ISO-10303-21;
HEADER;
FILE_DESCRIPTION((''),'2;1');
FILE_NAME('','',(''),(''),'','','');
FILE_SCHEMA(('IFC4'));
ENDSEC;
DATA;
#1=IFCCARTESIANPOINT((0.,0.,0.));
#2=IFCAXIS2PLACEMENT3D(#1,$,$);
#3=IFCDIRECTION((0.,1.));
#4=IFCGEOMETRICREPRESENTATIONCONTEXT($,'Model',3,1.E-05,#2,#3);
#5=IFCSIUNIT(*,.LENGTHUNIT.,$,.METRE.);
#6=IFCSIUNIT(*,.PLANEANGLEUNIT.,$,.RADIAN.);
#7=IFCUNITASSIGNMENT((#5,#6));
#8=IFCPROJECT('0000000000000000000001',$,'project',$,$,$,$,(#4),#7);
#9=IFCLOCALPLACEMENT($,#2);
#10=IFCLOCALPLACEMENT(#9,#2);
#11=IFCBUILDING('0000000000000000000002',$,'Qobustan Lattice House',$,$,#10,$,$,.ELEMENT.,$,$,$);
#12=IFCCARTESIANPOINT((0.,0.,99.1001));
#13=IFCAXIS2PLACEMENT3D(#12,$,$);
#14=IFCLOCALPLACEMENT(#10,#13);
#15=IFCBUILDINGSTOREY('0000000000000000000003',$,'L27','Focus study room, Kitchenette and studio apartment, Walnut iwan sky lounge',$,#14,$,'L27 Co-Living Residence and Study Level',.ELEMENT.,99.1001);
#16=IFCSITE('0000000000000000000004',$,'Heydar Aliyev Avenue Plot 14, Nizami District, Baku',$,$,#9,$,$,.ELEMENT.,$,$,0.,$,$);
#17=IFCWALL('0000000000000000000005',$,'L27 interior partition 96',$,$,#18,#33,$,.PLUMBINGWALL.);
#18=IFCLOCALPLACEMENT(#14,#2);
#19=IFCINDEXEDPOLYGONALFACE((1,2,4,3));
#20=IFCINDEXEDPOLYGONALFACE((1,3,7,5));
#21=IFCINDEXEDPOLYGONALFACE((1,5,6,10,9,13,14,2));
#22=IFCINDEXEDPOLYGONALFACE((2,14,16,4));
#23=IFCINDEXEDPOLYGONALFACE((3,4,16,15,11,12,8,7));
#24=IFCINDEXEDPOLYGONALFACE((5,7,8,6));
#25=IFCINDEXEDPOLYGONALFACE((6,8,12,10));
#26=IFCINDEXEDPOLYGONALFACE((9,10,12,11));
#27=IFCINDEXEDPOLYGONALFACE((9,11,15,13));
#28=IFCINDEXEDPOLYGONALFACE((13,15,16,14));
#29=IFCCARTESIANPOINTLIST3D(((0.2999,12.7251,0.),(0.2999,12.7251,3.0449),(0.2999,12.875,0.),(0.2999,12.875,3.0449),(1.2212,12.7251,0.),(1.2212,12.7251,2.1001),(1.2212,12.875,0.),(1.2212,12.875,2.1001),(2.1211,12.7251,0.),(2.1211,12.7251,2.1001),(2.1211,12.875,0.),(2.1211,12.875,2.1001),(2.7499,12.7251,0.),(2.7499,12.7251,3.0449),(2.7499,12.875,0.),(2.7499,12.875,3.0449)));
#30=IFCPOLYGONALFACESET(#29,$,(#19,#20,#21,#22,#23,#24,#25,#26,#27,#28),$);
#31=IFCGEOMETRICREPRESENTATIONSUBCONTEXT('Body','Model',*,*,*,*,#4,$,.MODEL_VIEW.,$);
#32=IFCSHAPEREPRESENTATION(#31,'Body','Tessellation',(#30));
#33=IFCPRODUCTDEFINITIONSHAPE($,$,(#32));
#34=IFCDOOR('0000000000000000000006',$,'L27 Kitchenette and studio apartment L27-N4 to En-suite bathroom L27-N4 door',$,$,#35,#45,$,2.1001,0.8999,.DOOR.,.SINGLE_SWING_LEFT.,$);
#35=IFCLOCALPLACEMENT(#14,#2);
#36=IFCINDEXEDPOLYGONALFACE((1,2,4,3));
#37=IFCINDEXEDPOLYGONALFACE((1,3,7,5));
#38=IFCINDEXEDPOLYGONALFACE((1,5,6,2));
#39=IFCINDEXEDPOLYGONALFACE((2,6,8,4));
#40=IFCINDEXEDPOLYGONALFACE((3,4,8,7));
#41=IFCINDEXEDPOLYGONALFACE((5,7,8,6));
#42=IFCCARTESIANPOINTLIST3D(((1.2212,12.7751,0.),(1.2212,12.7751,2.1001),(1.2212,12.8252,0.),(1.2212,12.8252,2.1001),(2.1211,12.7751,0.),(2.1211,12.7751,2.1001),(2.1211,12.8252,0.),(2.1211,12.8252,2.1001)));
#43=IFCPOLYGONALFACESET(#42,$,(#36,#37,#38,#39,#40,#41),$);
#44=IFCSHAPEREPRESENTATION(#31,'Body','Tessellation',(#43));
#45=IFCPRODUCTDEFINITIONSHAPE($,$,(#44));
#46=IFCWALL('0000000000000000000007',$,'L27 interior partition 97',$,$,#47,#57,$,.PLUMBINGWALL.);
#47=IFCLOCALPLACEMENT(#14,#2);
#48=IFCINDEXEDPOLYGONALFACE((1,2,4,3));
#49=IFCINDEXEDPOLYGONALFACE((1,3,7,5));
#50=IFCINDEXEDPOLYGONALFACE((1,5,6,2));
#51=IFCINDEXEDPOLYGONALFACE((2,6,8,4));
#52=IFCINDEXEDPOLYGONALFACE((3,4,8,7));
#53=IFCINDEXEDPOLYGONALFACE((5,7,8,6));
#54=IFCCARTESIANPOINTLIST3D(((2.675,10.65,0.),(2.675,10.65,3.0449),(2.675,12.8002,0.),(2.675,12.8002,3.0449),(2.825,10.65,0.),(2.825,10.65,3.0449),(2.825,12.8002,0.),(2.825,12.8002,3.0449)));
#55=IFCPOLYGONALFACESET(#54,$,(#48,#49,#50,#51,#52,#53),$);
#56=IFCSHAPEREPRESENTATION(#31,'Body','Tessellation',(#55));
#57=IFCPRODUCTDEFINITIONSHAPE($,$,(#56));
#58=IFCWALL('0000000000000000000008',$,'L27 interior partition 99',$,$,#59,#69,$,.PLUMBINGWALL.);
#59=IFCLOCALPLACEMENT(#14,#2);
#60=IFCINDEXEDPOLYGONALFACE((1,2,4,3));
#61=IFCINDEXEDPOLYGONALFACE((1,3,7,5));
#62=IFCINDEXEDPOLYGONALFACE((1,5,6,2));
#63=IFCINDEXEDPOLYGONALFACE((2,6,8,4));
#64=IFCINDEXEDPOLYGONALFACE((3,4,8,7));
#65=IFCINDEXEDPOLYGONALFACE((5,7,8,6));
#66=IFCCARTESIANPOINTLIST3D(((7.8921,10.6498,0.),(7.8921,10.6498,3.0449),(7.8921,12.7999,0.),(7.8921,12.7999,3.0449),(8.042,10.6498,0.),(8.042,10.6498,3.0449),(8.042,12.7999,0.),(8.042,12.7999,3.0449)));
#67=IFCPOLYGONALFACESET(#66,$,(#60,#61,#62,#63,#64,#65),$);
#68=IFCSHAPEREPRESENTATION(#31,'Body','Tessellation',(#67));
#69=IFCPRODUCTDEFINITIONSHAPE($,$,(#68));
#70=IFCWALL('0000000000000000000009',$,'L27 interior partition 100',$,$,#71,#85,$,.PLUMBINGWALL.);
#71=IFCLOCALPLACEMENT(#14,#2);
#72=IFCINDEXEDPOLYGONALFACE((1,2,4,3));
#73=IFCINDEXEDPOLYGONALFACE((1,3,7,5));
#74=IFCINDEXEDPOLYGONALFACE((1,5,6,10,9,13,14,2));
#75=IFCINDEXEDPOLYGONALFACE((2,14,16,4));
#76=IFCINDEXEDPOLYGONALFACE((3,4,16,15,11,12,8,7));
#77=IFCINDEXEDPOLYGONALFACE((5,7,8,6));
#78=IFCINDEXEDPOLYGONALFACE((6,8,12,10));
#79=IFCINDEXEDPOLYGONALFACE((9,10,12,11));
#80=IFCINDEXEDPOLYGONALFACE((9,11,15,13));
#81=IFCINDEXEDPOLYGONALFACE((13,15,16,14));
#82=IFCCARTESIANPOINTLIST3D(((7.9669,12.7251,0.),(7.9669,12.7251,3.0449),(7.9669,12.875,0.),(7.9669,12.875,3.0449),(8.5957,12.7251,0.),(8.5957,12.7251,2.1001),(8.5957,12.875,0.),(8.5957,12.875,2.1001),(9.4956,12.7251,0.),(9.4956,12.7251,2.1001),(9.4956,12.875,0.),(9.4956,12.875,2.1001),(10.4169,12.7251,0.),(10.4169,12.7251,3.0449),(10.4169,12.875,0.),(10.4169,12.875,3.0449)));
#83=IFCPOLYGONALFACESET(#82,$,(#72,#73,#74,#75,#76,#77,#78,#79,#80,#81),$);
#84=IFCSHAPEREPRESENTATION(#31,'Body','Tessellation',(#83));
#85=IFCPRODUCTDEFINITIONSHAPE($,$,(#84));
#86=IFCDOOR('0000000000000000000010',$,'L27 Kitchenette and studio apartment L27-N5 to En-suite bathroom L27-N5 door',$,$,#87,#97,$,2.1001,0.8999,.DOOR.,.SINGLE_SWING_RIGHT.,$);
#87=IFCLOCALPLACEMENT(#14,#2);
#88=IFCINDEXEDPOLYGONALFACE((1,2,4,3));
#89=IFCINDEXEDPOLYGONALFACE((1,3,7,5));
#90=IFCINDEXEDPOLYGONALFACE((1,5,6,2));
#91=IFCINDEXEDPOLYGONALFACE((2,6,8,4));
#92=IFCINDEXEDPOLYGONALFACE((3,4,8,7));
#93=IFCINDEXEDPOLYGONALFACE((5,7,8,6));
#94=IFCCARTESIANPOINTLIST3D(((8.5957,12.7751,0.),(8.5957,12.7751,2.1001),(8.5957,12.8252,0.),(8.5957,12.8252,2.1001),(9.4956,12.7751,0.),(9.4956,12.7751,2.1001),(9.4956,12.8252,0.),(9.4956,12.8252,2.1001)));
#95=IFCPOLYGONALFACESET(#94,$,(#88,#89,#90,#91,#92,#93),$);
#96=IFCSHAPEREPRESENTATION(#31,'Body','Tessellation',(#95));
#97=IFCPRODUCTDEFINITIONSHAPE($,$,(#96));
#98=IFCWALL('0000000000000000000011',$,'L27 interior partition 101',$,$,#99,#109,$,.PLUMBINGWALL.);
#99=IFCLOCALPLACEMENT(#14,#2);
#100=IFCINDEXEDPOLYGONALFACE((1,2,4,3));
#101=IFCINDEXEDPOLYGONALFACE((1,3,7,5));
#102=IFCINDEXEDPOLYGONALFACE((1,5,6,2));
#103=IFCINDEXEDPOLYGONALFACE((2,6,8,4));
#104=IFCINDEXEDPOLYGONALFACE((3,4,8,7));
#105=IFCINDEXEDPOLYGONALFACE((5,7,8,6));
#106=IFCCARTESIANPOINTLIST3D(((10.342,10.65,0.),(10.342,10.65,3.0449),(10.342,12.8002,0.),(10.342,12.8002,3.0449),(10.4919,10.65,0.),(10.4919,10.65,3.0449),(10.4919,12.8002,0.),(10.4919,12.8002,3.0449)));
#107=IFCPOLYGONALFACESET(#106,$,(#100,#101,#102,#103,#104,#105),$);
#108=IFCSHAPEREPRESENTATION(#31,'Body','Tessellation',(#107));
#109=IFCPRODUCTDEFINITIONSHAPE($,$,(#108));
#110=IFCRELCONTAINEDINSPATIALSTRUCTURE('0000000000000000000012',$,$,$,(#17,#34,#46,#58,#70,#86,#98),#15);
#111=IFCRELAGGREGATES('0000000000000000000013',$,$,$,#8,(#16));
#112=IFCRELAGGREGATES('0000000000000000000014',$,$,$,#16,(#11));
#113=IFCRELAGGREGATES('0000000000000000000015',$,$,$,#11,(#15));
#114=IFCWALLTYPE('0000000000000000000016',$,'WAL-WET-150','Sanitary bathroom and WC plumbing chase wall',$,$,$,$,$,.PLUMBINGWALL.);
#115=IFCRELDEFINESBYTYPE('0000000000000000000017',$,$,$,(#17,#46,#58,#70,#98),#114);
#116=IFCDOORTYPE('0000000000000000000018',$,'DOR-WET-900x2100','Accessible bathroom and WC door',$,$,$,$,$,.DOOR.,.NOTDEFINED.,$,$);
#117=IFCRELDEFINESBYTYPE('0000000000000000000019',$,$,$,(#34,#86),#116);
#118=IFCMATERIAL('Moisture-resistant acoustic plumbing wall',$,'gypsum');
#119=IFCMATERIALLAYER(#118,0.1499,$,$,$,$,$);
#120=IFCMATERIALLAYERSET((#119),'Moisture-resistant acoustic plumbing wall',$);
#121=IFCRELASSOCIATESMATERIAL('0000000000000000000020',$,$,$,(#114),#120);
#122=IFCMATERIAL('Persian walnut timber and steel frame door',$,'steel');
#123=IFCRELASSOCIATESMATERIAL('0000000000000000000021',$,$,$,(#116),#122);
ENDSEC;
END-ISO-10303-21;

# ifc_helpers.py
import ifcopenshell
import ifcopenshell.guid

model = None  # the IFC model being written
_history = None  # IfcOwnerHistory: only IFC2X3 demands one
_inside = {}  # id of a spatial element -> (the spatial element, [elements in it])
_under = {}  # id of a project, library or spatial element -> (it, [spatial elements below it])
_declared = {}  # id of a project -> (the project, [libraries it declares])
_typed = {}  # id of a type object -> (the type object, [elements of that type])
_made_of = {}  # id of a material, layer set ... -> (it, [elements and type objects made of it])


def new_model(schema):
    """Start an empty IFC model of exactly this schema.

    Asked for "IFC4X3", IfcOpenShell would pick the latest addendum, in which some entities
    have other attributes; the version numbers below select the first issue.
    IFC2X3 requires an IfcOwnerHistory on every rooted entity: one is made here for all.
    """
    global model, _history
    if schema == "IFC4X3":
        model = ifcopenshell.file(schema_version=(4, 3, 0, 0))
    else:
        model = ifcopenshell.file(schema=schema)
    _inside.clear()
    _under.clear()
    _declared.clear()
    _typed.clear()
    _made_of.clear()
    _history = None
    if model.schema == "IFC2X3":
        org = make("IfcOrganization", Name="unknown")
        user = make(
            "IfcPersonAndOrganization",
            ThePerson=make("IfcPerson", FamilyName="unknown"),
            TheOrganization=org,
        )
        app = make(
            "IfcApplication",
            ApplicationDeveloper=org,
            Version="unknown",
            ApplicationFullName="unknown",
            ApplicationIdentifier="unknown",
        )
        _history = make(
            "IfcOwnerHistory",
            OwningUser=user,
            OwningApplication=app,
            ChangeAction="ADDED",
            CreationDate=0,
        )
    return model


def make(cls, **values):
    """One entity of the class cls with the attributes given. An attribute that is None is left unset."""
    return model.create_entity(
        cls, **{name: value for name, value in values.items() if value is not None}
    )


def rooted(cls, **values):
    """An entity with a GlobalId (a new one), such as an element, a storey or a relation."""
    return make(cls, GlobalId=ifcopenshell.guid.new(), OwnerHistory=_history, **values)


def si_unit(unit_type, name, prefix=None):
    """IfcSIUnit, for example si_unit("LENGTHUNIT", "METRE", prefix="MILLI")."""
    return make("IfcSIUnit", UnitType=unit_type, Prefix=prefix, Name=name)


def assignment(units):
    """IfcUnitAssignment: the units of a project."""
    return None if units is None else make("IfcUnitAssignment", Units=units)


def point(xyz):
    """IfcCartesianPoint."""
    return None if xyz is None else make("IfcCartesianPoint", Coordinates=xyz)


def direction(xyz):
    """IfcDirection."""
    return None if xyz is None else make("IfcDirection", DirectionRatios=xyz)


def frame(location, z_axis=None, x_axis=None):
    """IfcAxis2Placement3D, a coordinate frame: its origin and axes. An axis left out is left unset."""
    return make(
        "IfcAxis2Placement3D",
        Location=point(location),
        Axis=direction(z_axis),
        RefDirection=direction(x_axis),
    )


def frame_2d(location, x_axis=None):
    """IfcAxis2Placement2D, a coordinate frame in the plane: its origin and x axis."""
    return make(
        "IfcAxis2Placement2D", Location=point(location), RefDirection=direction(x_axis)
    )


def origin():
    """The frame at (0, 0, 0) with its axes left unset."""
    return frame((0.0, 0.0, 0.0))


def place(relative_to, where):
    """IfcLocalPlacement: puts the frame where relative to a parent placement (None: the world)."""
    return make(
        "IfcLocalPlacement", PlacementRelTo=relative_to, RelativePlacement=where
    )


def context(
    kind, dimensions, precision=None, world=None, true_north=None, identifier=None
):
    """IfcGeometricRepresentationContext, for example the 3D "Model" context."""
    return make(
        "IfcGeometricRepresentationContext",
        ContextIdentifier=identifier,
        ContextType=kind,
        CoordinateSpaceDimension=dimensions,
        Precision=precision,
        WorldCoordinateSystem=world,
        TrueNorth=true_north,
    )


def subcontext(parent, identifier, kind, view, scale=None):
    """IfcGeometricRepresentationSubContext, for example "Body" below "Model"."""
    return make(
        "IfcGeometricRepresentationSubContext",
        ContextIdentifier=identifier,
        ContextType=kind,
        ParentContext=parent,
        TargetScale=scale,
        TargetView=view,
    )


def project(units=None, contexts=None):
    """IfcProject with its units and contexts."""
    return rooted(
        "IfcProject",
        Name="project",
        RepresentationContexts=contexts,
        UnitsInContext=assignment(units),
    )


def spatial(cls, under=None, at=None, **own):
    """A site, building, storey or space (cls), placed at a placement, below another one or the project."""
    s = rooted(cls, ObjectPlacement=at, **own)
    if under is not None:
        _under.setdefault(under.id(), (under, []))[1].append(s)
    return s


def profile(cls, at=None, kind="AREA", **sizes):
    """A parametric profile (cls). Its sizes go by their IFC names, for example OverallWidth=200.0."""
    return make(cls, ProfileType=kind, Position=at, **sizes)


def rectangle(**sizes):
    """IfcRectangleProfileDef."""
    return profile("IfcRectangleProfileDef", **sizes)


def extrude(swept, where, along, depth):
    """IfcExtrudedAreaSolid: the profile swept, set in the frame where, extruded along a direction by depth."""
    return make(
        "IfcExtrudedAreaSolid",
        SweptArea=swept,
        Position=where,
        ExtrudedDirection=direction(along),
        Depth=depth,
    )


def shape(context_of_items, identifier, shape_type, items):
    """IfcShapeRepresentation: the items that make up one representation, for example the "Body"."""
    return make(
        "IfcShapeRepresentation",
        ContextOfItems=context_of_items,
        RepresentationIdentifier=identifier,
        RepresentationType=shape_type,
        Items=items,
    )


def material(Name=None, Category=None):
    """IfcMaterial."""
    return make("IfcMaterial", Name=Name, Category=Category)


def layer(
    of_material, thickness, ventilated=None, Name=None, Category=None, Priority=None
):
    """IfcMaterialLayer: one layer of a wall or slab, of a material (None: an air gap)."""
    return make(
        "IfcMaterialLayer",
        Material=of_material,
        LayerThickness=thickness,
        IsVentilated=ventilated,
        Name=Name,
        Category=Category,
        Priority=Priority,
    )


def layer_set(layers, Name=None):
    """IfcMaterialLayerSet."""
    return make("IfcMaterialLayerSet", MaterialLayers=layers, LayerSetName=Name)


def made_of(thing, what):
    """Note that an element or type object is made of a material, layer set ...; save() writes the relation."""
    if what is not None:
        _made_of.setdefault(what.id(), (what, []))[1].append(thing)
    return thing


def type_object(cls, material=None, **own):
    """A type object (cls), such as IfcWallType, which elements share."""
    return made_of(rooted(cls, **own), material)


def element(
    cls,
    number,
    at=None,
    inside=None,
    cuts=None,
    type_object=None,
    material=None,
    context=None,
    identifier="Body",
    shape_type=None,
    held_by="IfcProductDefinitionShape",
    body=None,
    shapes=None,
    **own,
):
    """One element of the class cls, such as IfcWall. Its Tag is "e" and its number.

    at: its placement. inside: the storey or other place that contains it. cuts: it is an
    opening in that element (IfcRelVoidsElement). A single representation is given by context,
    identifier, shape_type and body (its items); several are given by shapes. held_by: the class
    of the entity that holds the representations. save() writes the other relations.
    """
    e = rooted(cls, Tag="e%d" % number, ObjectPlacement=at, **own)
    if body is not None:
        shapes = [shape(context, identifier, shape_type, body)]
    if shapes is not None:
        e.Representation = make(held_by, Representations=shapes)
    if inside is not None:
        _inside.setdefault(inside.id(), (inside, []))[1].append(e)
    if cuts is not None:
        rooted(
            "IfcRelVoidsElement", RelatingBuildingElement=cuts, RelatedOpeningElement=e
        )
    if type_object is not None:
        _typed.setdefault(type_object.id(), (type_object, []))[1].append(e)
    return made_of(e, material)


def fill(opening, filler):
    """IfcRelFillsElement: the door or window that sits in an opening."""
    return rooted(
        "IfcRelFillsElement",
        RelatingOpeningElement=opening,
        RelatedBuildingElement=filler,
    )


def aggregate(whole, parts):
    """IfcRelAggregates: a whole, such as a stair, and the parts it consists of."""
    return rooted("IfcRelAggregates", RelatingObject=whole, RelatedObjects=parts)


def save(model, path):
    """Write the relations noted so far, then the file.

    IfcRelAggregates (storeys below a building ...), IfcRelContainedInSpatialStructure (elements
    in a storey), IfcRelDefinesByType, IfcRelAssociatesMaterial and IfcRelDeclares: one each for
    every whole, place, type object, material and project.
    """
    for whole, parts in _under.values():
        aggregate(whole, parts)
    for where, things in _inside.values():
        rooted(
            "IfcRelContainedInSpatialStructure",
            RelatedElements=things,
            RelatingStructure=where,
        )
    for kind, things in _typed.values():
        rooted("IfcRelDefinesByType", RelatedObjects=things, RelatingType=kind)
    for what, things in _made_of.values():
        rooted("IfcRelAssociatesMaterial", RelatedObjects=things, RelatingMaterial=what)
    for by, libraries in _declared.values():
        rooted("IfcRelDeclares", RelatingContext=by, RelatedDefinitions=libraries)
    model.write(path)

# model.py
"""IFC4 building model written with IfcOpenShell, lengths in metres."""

from ifc_helpers import new_model, si_unit, direction, frame, frame_2d, origin, place, context, subcontext, project, spatial, rectangle, extrude, material, layer, layer_set, type_object, element, fill, save


model = new_model("IFC4")

# Units and contexts
model_context = context("Model", 3, precision=1e-05, world=origin(), true_north=direction((0.0, 1.0)))
body_context = subcontext(model_context, "Body", "Model", "MODEL_VIEW")
ifc_project = project(units=[si_unit("LENGTHUNIT", "METRE"), si_unit("PLANEANGLEUNIT", "RADIAN")], contexts=[model_context])

# Site, building, storey
site_placement = place(None, origin())
site = spatial("IfcSite", under=ifc_project, at=site_placement, Name="Heydar Aliyev Avenue Plot 14, Nizami District, Baku", CompositionType="ELEMENT", RefElevation=0.0)
building_placement = place(site_placement, origin())
building = spatial("IfcBuilding", under=site, at=building_placement, Name="Qobustan Lattice House", CompositionType="ELEMENT")
storey_placement = place(building_placement, frame((0.0, 0.0, 99.1001)))
storey = spatial("IfcBuildingStorey", under=building, at=storey_placement, Name="L27", Description="Focus study room, Kitchenette and studio apartment, Walnut iwan sky lounge", LongName="L27 Co-Living Residence and Study Level", CompositionType="ELEMENT", Elevation=99.1001)

# Shared definitions
ifc_material_1 = material(Name="Moisture-resistant acoustic plumbing wall", Category="gypsum")
ifc_layer_1 = layer(ifc_material_1, 0.1499)
ifc_layer_set_1 = layer_set([ifc_layer_1], Name="Moisture-resistant acoustic plumbing wall")
wall_type_1 = type_object("IfcWallType", Name="WAL-WET-150", Description="Sanitary bathroom and WC plumbing chase wall", PredefinedType="PLUMBINGWALL", material=ifc_layer_set_1)

# Wall, opening, door
wall_1_placement = place(storey_placement, frame((2.75, 12.8, 0.0), z_axis=(0.0, 0.0, 1.0), x_axis=(-1.0, 0.0, 0.0)))
wall_1 = element("IfcWall", 1, at=wall_1_placement, inside=storey, type_object=wall_type_1, Name="L27 interior partition 96", PredefinedType="PLUMBINGWALL", context=body_context, shape_type="SweptSolid", body=[
    extrude(rectangle(XDim=2.45, YDim=0.1499, at=frame_2d((1.2251, 0.0))), origin(), (0.0, 0.0, 1.0), 3.0449),
])
opening_1_placement = place(wall_1_placement, frame((0.6289, 0.0, 0.0)))
opening_1 = element("IfcOpeningElement", 2, at=opening_1_placement, cuts=wall_1, PredefinedType="OPENING", context=body_context, shape_type="SweptSolid", body=[
    extrude(rectangle(XDim=0.8999, YDim=2.1001, at=frame_2d((0.45, 1.05))), frame((0.0, 0.085, 0.0), z_axis=(0.0, -1.0, 0.0), x_axis=(1.0, 0.0, 0.0)), (0.0, 0.0, 1.0), 0.1699),
])
ifc_material_2 = material(Name="Persian walnut timber and steel frame door", Category="steel")
door_type_1 = type_object("IfcDoorType", Name="DOR-WET-900x2100", Description="Accessible bathroom and WC door", OperationType="NOTDEFINED", PredefinedType="DOOR", material=ifc_material_2)
door_1_placement = place(opening_1_placement, origin())
door_1 = element("IfcDoor", 3, at=door_1_placement, inside=storey, type_object=door_type_1, Name="L27 Kitchenette and studio apartment L27-N4 to En-suite bathroom L27-N4 door", OperationType="SINGLE_SWING_LEFT", OverallHeight=2.1001, OverallWidth=0.8999, PredefinedType="DOOR", context=body_context, shape_type="SweptSolid", body=[
    extrude(rectangle(XDim=0.8999, YDim=2.1001, at=frame_2d((0.45, 1.05))), frame((0.0, 0.0249, 0.0), z_axis=(0.0, -1.0, 0.0), x_axis=(1.0, 0.0, 0.0)), (0.0, 0.0, 1.0), 0.05),
])
fill(opening_1, door_1)

# Walls
for number, where, z_axis, x_axis, name in (
    (4, (2.75, 10.6499, 0.0), (0.0, 0.0, 1.0), (0.0, 1.0, 0.0), "L27 interior partition 97"),
    (5, (7.967, 12.8, 0.0), (0.0, 0.0, 1.0), (0.0, -1.0, 0.0), "L27 interior partition 99"),
):
    element("IfcWall", number, at=place(storey_placement, frame(where, z_axis=z_axis, x_axis=x_axis)), inside=storey, type_object=wall_type_1, Name=name, PredefinedType="PLUMBINGWALL", context=body_context, shape_type="SweptSolid", body=[
        extrude(rectangle(XDim=2.1501, YDim=0.1499, at=frame_2d((1.0752, 0.0))), origin(), (0.0, 0.0, 1.0), 3.0449),
    ])

# Wall, opening, door
wall_2_placement = place(storey_placement, frame((10.417, 12.8, 0.0), z_axis=(0.0, 0.0, 1.0), x_axis=(-1.0, 0.0, 0.0)))
wall_2 = element("IfcWall", 6, at=wall_2_placement, inside=storey, type_object=wall_type_1, Name="L27 interior partition 100", PredefinedType="PLUMBINGWALL", context=body_context, shape_type="SweptSolid", body=[
    extrude(rectangle(XDim=2.45, YDim=0.1499, at=frame_2d((1.2251, 0.0))), origin(), (0.0, 0.0, 1.0), 3.0449),
])
opening_2_placement = place(wall_2_placement, frame((0.9214, 0.0, 0.0)))
opening_2 = element("IfcOpeningElement", 7, at=opening_2_placement, cuts=wall_2, PredefinedType="OPENING", context=body_context, shape_type="SweptSolid", body=[
    extrude(rectangle(XDim=0.8999, YDim=2.1001, at=frame_2d((0.45, 1.05))), frame((0.0, 0.085, 0.0), z_axis=(0.0, -1.0, 0.0), x_axis=(1.0, 0.0, 0.0)), (0.0, 0.0, 1.0), 0.1699),
])
door_2_placement = place(opening_2_placement, origin())
door_2 = element("IfcDoor", 8, at=door_2_placement, inside=storey, type_object=door_type_1, Name="L27 Kitchenette and studio apartment L27-N5 to En-suite bathroom L27-N5 door", OperationType="SINGLE_SWING_RIGHT", OverallHeight=2.1001, OverallWidth=0.8999, PredefinedType="DOOR", context=body_context, shape_type="SweptSolid", body=[
    extrude(rectangle(XDim=0.8999, YDim=2.1001, at=frame_2d((0.45, 1.05))), frame((0.0, 0.0249, 0.0), z_axis=(0.0, -1.0, 0.0), x_axis=(1.0, 0.0, 0.0)), (0.0, 0.0, 1.0), 0.05),
])
fill(opening_2, door_2)

# Wall
wall_3_placement = place(storey_placement, frame((10.417, 10.6499, 0.0), z_axis=(0.0, 0.0, 1.0), x_axis=(0.0, 1.0, 0.0)))
element("IfcWall", 9, at=wall_3_placement, inside=storey, type_object=wall_type_1, Name="L27 interior partition 101", PredefinedType="PLUMBINGWALL", context=body_context, shape_type="SweptSolid", body=[
    extrude(rectangle(XDim=2.1501, YDim=0.1499, at=frame_2d((1.0752, 0.0))), origin(), (0.0, 0.0, 1.0), 3.0449),
])

save(model, "model.ifc")
